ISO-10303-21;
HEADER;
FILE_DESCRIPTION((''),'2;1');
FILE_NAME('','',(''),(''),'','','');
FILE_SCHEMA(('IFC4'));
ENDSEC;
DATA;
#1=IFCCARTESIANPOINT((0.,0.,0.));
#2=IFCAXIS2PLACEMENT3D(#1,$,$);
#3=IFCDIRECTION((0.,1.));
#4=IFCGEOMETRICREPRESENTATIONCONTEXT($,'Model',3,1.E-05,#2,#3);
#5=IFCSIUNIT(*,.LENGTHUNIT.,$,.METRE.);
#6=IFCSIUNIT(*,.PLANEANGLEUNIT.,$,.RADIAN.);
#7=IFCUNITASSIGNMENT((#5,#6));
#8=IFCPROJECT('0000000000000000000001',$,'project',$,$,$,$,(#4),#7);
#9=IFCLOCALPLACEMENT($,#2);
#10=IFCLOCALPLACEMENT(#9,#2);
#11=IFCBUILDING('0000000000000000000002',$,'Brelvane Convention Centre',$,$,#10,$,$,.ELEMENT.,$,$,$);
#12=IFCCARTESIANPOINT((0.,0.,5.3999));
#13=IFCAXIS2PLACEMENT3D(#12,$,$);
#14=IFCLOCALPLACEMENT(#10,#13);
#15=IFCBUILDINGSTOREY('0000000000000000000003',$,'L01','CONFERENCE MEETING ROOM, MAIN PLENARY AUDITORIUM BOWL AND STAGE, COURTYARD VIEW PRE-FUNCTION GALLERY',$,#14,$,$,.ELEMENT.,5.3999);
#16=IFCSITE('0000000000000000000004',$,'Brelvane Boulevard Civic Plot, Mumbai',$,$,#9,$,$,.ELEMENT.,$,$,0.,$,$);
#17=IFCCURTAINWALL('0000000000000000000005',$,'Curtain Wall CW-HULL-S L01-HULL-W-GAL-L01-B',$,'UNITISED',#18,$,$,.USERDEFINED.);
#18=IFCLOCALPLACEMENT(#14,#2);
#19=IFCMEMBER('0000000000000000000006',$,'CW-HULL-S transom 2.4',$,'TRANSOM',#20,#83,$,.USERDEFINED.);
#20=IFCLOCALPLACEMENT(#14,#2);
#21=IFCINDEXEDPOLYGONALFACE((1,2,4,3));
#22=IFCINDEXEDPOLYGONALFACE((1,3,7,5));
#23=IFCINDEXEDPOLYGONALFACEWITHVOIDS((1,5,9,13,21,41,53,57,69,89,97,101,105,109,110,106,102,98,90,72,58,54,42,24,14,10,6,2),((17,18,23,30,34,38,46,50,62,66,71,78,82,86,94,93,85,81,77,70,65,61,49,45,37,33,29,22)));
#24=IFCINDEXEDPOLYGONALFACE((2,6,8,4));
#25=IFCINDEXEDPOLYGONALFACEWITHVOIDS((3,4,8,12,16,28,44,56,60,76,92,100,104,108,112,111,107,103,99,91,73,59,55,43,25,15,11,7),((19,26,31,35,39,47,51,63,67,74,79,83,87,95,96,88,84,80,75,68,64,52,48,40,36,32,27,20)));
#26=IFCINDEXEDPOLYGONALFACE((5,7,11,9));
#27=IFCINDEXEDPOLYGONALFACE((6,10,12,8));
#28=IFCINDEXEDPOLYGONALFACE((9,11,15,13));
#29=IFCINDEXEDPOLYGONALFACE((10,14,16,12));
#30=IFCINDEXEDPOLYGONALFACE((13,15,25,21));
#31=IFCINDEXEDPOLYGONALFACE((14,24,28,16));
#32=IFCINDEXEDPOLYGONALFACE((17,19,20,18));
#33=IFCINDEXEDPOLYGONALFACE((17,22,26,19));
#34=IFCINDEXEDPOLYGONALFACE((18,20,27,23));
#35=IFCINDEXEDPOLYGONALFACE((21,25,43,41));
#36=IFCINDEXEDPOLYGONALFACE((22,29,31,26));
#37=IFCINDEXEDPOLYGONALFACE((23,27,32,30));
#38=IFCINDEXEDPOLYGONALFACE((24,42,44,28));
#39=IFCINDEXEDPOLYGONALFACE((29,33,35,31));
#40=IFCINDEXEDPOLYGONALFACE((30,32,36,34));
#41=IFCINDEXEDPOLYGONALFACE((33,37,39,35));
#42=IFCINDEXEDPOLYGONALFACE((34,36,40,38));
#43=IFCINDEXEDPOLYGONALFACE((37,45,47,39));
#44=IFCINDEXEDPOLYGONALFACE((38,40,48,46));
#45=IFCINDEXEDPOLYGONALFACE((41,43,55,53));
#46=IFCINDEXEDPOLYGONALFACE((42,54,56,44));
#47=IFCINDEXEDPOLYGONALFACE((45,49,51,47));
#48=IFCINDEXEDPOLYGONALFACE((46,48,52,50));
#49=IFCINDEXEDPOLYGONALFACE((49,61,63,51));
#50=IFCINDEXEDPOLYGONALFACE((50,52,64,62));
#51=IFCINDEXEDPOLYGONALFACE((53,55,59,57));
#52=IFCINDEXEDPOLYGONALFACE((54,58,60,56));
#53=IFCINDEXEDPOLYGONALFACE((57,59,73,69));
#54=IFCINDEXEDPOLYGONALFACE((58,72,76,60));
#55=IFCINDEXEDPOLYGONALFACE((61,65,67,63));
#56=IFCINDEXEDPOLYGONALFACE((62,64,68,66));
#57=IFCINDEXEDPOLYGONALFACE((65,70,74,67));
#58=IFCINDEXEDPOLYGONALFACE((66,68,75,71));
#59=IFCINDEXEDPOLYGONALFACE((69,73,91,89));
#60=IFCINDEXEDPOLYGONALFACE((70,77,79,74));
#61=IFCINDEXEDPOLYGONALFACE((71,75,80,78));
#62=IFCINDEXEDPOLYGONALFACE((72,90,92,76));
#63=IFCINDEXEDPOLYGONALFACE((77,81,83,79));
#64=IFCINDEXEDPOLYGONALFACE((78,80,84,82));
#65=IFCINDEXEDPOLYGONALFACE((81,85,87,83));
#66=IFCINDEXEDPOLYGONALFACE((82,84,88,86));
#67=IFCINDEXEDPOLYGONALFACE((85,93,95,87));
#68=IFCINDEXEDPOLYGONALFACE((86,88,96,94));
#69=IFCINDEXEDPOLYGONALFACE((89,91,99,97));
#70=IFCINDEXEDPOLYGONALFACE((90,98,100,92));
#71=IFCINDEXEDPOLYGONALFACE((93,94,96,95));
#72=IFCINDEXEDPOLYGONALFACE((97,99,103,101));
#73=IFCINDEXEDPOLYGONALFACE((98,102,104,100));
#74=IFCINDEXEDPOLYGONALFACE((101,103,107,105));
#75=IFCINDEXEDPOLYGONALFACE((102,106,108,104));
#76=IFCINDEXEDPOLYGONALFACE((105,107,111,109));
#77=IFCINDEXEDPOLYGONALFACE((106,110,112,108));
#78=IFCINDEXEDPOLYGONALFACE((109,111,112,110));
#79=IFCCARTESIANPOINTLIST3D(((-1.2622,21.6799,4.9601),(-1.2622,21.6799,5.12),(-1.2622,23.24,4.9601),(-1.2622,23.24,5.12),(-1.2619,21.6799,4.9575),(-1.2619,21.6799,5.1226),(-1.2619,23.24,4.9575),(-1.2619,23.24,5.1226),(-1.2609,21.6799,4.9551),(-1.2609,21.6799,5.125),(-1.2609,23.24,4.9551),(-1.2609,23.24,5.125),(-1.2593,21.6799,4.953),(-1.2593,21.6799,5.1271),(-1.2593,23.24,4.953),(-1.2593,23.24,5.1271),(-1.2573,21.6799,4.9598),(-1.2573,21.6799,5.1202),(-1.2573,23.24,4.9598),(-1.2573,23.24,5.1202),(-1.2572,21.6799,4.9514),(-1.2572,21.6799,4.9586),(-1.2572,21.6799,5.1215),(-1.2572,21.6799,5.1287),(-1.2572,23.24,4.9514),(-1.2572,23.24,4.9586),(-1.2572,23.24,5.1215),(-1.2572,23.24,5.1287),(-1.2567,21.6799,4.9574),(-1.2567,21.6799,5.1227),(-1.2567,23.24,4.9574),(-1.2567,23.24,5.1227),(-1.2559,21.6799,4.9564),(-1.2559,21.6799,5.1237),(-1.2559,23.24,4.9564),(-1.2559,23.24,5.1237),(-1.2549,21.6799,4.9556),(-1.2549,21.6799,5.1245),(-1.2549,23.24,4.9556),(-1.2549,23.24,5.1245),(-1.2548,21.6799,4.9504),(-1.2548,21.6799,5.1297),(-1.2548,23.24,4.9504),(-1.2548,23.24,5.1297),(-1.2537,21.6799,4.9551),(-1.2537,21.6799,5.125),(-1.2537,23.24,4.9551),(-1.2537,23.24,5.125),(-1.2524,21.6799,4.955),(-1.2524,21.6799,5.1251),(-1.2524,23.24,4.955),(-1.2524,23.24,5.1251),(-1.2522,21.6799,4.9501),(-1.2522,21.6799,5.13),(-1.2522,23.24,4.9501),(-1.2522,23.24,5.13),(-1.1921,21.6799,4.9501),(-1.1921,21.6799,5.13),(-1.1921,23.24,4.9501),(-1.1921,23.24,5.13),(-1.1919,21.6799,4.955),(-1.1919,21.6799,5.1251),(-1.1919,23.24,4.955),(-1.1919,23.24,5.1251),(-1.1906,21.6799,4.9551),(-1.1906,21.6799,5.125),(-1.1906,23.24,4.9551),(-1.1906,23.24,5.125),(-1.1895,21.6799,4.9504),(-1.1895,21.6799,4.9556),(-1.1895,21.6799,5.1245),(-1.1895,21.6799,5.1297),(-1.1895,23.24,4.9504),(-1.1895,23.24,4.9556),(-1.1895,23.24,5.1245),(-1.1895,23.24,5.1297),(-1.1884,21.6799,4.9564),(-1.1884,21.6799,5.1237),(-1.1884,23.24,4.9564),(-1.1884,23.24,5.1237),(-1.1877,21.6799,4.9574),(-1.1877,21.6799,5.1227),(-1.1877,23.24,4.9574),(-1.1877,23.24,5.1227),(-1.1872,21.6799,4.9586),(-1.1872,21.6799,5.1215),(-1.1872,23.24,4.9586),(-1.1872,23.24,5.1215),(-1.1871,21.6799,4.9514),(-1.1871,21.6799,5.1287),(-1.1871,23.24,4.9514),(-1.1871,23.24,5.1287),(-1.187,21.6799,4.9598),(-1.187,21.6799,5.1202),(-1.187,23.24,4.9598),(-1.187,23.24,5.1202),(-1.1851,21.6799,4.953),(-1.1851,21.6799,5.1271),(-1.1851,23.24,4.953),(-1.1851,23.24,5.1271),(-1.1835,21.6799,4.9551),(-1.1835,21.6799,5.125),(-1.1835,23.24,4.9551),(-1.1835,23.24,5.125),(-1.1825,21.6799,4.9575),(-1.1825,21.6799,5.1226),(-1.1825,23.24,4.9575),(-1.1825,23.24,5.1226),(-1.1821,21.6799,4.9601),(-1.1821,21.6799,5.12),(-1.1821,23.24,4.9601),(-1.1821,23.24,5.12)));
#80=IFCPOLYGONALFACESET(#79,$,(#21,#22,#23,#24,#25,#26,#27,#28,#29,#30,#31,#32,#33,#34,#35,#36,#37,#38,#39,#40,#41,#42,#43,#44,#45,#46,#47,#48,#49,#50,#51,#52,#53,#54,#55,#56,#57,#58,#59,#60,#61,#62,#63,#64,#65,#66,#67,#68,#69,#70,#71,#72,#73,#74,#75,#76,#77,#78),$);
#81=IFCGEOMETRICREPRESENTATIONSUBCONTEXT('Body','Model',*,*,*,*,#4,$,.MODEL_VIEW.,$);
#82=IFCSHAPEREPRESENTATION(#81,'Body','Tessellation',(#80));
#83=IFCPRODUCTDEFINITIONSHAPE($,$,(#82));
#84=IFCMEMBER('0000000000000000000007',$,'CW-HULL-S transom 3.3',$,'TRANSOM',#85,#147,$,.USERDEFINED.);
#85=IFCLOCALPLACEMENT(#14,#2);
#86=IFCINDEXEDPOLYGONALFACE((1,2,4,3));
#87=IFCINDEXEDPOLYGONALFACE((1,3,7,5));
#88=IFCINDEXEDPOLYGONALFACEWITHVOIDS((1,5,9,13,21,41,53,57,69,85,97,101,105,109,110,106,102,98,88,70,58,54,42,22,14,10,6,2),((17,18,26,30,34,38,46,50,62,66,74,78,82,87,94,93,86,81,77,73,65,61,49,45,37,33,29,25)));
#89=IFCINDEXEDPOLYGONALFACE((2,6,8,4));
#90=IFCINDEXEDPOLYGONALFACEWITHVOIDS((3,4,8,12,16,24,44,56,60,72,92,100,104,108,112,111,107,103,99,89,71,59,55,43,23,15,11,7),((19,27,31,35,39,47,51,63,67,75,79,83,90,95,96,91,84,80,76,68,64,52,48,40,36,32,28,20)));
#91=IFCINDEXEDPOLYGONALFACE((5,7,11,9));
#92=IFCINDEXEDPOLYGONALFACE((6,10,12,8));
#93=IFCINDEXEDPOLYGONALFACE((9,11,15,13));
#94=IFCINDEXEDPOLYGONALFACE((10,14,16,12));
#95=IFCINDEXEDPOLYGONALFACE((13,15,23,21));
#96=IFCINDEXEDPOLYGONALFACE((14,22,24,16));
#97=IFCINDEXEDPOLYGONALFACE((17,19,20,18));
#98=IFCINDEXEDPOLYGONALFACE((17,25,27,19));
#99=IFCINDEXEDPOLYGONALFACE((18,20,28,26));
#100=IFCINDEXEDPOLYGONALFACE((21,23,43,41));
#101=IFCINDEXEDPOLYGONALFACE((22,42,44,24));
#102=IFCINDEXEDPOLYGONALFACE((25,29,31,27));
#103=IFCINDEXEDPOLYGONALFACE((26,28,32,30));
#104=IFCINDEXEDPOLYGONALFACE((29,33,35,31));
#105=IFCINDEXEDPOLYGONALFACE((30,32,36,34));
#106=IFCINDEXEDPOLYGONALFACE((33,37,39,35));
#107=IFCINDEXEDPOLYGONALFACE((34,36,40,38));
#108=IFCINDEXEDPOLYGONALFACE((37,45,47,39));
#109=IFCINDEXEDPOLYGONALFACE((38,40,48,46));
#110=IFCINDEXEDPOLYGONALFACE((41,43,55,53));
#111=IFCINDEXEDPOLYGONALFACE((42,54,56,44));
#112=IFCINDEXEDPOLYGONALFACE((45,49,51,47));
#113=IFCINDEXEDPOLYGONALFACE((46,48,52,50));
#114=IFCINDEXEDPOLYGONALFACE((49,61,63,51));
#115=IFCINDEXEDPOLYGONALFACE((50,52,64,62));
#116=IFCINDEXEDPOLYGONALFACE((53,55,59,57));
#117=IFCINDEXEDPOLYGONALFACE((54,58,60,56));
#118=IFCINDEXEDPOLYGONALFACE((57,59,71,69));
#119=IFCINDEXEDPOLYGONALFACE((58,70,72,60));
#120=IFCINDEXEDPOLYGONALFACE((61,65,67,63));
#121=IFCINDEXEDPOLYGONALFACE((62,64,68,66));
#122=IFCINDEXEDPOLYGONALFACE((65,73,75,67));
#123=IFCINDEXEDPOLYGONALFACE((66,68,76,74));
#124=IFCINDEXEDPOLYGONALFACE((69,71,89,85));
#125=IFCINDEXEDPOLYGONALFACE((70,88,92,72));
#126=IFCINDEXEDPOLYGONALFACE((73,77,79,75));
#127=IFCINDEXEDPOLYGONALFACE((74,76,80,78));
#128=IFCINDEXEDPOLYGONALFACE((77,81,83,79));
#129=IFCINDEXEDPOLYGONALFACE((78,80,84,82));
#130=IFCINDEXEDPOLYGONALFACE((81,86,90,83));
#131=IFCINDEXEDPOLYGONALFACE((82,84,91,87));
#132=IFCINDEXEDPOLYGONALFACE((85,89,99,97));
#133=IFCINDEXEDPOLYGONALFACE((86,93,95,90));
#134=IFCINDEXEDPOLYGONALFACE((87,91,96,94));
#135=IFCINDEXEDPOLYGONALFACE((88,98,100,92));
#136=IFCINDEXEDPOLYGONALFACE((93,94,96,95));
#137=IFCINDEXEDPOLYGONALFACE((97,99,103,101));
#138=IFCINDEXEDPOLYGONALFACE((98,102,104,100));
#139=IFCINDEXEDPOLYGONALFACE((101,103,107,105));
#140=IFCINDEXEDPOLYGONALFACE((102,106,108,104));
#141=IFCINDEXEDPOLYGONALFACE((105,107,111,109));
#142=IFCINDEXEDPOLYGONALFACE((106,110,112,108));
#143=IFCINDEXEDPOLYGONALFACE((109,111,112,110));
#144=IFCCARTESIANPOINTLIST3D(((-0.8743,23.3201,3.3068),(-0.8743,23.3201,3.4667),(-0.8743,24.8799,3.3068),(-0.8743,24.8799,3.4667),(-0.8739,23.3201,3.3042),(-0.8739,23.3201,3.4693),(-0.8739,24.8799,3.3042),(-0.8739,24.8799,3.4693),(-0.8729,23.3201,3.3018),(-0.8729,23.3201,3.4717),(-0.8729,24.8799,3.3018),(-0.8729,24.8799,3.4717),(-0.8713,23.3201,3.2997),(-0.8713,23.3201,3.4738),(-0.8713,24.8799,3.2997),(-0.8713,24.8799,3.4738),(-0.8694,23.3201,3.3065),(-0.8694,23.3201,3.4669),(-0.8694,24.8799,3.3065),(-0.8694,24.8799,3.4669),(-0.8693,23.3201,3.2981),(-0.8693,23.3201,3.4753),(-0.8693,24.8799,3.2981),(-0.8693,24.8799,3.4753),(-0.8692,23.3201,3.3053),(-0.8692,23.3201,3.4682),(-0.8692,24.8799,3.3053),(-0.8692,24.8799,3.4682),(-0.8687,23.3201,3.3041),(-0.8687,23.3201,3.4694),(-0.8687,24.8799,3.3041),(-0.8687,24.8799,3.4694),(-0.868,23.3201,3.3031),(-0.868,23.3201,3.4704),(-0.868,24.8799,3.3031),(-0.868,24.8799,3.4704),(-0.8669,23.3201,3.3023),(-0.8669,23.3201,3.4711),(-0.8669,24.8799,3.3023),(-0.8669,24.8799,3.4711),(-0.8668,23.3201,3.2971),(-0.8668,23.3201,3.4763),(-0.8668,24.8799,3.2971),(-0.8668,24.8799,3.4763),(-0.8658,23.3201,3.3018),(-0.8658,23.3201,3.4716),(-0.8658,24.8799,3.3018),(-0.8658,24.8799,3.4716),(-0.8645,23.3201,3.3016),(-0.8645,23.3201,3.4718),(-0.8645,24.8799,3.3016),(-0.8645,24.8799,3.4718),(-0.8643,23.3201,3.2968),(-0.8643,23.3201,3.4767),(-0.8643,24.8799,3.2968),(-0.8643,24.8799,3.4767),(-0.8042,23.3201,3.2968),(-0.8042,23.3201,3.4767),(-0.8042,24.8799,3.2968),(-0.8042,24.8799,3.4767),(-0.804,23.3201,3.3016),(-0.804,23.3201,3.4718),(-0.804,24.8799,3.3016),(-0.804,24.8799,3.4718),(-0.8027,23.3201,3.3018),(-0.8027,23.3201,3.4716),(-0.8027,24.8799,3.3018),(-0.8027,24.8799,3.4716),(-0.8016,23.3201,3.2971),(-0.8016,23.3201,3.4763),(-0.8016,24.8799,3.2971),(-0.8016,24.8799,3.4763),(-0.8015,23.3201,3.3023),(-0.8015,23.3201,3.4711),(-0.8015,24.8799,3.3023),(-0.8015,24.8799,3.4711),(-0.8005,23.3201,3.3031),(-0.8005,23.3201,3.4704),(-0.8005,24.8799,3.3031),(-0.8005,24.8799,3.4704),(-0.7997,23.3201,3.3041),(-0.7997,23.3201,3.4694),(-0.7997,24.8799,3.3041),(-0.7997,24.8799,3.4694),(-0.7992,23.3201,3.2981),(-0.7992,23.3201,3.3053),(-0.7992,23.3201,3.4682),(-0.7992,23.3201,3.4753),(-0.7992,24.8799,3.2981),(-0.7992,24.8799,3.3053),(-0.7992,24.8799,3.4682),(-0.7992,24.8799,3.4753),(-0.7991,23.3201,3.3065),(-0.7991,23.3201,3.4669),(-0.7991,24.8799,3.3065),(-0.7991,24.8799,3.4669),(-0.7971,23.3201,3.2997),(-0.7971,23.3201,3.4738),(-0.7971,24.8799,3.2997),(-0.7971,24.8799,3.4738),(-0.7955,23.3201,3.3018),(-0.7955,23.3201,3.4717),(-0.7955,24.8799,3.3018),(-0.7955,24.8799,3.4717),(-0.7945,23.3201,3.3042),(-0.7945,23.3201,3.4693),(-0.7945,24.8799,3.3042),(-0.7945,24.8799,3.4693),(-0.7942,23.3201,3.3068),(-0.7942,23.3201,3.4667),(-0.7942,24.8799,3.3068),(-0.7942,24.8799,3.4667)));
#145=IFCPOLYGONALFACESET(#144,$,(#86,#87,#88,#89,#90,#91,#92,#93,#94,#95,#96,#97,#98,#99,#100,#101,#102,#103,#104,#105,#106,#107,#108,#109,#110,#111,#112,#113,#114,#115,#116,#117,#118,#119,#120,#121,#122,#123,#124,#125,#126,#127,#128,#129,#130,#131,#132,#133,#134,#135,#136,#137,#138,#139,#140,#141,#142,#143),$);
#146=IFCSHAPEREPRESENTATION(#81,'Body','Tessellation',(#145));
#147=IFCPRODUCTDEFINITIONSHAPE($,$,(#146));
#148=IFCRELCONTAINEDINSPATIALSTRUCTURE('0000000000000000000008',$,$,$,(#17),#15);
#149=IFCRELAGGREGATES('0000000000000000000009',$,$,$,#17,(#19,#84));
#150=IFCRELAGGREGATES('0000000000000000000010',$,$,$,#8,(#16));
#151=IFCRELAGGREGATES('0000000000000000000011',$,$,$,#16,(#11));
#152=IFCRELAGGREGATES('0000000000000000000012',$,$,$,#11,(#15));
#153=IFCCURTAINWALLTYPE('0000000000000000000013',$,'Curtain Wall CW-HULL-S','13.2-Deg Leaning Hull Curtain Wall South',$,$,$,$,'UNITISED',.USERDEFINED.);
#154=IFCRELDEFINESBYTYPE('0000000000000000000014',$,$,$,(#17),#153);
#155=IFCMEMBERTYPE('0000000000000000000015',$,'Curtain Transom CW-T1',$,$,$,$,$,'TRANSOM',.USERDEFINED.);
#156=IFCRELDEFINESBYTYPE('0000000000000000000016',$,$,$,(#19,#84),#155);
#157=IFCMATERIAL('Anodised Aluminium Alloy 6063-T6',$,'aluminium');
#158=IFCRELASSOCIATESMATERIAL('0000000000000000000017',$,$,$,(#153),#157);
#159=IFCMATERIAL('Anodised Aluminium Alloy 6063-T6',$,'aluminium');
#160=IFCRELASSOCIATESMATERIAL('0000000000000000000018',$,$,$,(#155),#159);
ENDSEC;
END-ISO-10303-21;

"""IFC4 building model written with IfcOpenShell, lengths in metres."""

from ifc_helpers import new_model, si_unit, direction, frame, origin, origin_2d, place, context, subcontext, project, spatial, hollow_rectangle, extrude, material, material_profile, profile_set, type_object, element, aggregate, save


model = new_model("IFC4")

# Units and contexts
model_context = context("Model", 3, precision=1e-05, world=origin(), true_north=direction((0.0, 1.0)))
body_context = subcontext(model_context, "Body", "Model", "MODEL_VIEW")
ifc_project = project(units=[si_unit("LENGTHUNIT", "METRE"), si_unit("PLANEANGLEUNIT", "RADIAN")], contexts=[model_context])

# Site, building, storey
site_placement = place(None, origin())
site = spatial("IfcSite", under=ifc_project, at=site_placement, Name="Brelvane Boulevard Civic Plot, Mumbai", CompositionType="ELEMENT", RefElevation=0.0)
building_placement = place(site_placement, origin())
building = spatial("IfcBuilding", under=site, at=building_placement, Name="Brelvane Convention Centre", CompositionType="ELEMENT")
storey_placement = place(building_placement, frame((0.0, 0.0, 5.3999)))
storey = spatial("IfcBuildingStorey", under=building, at=storey_placement, Name="L01", Description="CONFERENCE MEETING ROOM, MAIN PLENARY AUDITORIUM BOWL AND STAGE, COURTYARD VIEW PRE-FUNCTION GALLERY", CompositionType="ELEMENT", Elevation=5.3999)

# Shared definitions
ifc_material_1 = material(Name="Anodised Aluminium Alloy 6063-T6", Category="aluminium")
curtain_wall_type = type_object("IfcCurtainWallType", Name="Curtain Wall CW-HULL-S", Description="13.2-Deg Leaning Hull Curtain Wall South", ElementType="UNITISED", PredefinedType="USERDEFINED", material=ifc_material_1)

# Curtain wall
curtain_wall_1_placement = place(storey_placement, origin())
curtain_wall_1 = element("IfcCurtainWall", 1, at=curtain_wall_1_placement, inside=storey, type_object=curtain_wall_type, Name="Curtain Wall CW-HULL-S L01-HULL-W-GAL-L01-B", ObjectType="UNITISED", PredefinedType="USERDEFINED")

# Members
ifc_material_2 = material(Name="Anodised Aluminium Alloy 6063-T6", Category="aluminium")
ifc_material_profile_1 = material_profile(ifc_material_2, hollow_rectangle(XDim=0.0801, YDim=0.1799, WallThickness=0.0049, InnerFilletRadius=0.0049, OuterFilletRadius=0.01, at=origin_2d()), Name="ALU-T 180x80x5.0")
ifc_profile_set_1 = profile_set([ifc_material_profile_1], Name="Anodised Aluminium Alloy 6063-T6")
member_type_1 = type_object("IfcMemberType", Name="Curtain Transom CW-T1", ElementType="TRANSOM", PredefinedType="USERDEFINED", material=ifc_profile_set_1)
member_1_placement = place(storey_placement, frame((-1.2222, 21.6799, 5.04), z_axis=(0.0, 1.0, 0.0), x_axis=(-1.0, 0.0, 0.0)))
member_1 = element("IfcMember", 2, at=member_1_placement, type_object=member_type_1, Name="CW-HULL-S transom 2.4", ObjectType="TRANSOM", PredefinedType="USERDEFINED", context=body_context, shape_type="SweptSolid", body=[
    extrude(hollow_rectangle(XDim=0.0801, YDim=0.1799, WallThickness=0.0049, InnerFilletRadius=0.0049, OuterFilletRadius=0.01, at=origin_2d()), origin(), (0.0, 0.0, 1.0), 1.5601),
])
member_2_placement = place(storey_placement, frame((-0.8342, 23.3201, 3.3867), z_axis=(0.0, 1.0, 0.0), x_axis=(-1.0, 0.0, 0.0)))
member_2 = element("IfcMember", 3, at=member_2_placement, type_object=member_type_1, Name="CW-HULL-S transom 3.3", ObjectType="TRANSOM", PredefinedType="USERDEFINED", context=body_context, shape_type="SweptSolid", body=[
    extrude(hollow_rectangle(XDim=0.0801, YDim=0.1799, WallThickness=0.0049, InnerFilletRadius=0.0049, OuterFilletRadius=0.01, at=origin_2d()), origin(), (0.0, 0.0, 1.0), 1.5598),
])

aggregate(curtain_wall_1, [member_1, member_2])

save(model, "model.ifc")
